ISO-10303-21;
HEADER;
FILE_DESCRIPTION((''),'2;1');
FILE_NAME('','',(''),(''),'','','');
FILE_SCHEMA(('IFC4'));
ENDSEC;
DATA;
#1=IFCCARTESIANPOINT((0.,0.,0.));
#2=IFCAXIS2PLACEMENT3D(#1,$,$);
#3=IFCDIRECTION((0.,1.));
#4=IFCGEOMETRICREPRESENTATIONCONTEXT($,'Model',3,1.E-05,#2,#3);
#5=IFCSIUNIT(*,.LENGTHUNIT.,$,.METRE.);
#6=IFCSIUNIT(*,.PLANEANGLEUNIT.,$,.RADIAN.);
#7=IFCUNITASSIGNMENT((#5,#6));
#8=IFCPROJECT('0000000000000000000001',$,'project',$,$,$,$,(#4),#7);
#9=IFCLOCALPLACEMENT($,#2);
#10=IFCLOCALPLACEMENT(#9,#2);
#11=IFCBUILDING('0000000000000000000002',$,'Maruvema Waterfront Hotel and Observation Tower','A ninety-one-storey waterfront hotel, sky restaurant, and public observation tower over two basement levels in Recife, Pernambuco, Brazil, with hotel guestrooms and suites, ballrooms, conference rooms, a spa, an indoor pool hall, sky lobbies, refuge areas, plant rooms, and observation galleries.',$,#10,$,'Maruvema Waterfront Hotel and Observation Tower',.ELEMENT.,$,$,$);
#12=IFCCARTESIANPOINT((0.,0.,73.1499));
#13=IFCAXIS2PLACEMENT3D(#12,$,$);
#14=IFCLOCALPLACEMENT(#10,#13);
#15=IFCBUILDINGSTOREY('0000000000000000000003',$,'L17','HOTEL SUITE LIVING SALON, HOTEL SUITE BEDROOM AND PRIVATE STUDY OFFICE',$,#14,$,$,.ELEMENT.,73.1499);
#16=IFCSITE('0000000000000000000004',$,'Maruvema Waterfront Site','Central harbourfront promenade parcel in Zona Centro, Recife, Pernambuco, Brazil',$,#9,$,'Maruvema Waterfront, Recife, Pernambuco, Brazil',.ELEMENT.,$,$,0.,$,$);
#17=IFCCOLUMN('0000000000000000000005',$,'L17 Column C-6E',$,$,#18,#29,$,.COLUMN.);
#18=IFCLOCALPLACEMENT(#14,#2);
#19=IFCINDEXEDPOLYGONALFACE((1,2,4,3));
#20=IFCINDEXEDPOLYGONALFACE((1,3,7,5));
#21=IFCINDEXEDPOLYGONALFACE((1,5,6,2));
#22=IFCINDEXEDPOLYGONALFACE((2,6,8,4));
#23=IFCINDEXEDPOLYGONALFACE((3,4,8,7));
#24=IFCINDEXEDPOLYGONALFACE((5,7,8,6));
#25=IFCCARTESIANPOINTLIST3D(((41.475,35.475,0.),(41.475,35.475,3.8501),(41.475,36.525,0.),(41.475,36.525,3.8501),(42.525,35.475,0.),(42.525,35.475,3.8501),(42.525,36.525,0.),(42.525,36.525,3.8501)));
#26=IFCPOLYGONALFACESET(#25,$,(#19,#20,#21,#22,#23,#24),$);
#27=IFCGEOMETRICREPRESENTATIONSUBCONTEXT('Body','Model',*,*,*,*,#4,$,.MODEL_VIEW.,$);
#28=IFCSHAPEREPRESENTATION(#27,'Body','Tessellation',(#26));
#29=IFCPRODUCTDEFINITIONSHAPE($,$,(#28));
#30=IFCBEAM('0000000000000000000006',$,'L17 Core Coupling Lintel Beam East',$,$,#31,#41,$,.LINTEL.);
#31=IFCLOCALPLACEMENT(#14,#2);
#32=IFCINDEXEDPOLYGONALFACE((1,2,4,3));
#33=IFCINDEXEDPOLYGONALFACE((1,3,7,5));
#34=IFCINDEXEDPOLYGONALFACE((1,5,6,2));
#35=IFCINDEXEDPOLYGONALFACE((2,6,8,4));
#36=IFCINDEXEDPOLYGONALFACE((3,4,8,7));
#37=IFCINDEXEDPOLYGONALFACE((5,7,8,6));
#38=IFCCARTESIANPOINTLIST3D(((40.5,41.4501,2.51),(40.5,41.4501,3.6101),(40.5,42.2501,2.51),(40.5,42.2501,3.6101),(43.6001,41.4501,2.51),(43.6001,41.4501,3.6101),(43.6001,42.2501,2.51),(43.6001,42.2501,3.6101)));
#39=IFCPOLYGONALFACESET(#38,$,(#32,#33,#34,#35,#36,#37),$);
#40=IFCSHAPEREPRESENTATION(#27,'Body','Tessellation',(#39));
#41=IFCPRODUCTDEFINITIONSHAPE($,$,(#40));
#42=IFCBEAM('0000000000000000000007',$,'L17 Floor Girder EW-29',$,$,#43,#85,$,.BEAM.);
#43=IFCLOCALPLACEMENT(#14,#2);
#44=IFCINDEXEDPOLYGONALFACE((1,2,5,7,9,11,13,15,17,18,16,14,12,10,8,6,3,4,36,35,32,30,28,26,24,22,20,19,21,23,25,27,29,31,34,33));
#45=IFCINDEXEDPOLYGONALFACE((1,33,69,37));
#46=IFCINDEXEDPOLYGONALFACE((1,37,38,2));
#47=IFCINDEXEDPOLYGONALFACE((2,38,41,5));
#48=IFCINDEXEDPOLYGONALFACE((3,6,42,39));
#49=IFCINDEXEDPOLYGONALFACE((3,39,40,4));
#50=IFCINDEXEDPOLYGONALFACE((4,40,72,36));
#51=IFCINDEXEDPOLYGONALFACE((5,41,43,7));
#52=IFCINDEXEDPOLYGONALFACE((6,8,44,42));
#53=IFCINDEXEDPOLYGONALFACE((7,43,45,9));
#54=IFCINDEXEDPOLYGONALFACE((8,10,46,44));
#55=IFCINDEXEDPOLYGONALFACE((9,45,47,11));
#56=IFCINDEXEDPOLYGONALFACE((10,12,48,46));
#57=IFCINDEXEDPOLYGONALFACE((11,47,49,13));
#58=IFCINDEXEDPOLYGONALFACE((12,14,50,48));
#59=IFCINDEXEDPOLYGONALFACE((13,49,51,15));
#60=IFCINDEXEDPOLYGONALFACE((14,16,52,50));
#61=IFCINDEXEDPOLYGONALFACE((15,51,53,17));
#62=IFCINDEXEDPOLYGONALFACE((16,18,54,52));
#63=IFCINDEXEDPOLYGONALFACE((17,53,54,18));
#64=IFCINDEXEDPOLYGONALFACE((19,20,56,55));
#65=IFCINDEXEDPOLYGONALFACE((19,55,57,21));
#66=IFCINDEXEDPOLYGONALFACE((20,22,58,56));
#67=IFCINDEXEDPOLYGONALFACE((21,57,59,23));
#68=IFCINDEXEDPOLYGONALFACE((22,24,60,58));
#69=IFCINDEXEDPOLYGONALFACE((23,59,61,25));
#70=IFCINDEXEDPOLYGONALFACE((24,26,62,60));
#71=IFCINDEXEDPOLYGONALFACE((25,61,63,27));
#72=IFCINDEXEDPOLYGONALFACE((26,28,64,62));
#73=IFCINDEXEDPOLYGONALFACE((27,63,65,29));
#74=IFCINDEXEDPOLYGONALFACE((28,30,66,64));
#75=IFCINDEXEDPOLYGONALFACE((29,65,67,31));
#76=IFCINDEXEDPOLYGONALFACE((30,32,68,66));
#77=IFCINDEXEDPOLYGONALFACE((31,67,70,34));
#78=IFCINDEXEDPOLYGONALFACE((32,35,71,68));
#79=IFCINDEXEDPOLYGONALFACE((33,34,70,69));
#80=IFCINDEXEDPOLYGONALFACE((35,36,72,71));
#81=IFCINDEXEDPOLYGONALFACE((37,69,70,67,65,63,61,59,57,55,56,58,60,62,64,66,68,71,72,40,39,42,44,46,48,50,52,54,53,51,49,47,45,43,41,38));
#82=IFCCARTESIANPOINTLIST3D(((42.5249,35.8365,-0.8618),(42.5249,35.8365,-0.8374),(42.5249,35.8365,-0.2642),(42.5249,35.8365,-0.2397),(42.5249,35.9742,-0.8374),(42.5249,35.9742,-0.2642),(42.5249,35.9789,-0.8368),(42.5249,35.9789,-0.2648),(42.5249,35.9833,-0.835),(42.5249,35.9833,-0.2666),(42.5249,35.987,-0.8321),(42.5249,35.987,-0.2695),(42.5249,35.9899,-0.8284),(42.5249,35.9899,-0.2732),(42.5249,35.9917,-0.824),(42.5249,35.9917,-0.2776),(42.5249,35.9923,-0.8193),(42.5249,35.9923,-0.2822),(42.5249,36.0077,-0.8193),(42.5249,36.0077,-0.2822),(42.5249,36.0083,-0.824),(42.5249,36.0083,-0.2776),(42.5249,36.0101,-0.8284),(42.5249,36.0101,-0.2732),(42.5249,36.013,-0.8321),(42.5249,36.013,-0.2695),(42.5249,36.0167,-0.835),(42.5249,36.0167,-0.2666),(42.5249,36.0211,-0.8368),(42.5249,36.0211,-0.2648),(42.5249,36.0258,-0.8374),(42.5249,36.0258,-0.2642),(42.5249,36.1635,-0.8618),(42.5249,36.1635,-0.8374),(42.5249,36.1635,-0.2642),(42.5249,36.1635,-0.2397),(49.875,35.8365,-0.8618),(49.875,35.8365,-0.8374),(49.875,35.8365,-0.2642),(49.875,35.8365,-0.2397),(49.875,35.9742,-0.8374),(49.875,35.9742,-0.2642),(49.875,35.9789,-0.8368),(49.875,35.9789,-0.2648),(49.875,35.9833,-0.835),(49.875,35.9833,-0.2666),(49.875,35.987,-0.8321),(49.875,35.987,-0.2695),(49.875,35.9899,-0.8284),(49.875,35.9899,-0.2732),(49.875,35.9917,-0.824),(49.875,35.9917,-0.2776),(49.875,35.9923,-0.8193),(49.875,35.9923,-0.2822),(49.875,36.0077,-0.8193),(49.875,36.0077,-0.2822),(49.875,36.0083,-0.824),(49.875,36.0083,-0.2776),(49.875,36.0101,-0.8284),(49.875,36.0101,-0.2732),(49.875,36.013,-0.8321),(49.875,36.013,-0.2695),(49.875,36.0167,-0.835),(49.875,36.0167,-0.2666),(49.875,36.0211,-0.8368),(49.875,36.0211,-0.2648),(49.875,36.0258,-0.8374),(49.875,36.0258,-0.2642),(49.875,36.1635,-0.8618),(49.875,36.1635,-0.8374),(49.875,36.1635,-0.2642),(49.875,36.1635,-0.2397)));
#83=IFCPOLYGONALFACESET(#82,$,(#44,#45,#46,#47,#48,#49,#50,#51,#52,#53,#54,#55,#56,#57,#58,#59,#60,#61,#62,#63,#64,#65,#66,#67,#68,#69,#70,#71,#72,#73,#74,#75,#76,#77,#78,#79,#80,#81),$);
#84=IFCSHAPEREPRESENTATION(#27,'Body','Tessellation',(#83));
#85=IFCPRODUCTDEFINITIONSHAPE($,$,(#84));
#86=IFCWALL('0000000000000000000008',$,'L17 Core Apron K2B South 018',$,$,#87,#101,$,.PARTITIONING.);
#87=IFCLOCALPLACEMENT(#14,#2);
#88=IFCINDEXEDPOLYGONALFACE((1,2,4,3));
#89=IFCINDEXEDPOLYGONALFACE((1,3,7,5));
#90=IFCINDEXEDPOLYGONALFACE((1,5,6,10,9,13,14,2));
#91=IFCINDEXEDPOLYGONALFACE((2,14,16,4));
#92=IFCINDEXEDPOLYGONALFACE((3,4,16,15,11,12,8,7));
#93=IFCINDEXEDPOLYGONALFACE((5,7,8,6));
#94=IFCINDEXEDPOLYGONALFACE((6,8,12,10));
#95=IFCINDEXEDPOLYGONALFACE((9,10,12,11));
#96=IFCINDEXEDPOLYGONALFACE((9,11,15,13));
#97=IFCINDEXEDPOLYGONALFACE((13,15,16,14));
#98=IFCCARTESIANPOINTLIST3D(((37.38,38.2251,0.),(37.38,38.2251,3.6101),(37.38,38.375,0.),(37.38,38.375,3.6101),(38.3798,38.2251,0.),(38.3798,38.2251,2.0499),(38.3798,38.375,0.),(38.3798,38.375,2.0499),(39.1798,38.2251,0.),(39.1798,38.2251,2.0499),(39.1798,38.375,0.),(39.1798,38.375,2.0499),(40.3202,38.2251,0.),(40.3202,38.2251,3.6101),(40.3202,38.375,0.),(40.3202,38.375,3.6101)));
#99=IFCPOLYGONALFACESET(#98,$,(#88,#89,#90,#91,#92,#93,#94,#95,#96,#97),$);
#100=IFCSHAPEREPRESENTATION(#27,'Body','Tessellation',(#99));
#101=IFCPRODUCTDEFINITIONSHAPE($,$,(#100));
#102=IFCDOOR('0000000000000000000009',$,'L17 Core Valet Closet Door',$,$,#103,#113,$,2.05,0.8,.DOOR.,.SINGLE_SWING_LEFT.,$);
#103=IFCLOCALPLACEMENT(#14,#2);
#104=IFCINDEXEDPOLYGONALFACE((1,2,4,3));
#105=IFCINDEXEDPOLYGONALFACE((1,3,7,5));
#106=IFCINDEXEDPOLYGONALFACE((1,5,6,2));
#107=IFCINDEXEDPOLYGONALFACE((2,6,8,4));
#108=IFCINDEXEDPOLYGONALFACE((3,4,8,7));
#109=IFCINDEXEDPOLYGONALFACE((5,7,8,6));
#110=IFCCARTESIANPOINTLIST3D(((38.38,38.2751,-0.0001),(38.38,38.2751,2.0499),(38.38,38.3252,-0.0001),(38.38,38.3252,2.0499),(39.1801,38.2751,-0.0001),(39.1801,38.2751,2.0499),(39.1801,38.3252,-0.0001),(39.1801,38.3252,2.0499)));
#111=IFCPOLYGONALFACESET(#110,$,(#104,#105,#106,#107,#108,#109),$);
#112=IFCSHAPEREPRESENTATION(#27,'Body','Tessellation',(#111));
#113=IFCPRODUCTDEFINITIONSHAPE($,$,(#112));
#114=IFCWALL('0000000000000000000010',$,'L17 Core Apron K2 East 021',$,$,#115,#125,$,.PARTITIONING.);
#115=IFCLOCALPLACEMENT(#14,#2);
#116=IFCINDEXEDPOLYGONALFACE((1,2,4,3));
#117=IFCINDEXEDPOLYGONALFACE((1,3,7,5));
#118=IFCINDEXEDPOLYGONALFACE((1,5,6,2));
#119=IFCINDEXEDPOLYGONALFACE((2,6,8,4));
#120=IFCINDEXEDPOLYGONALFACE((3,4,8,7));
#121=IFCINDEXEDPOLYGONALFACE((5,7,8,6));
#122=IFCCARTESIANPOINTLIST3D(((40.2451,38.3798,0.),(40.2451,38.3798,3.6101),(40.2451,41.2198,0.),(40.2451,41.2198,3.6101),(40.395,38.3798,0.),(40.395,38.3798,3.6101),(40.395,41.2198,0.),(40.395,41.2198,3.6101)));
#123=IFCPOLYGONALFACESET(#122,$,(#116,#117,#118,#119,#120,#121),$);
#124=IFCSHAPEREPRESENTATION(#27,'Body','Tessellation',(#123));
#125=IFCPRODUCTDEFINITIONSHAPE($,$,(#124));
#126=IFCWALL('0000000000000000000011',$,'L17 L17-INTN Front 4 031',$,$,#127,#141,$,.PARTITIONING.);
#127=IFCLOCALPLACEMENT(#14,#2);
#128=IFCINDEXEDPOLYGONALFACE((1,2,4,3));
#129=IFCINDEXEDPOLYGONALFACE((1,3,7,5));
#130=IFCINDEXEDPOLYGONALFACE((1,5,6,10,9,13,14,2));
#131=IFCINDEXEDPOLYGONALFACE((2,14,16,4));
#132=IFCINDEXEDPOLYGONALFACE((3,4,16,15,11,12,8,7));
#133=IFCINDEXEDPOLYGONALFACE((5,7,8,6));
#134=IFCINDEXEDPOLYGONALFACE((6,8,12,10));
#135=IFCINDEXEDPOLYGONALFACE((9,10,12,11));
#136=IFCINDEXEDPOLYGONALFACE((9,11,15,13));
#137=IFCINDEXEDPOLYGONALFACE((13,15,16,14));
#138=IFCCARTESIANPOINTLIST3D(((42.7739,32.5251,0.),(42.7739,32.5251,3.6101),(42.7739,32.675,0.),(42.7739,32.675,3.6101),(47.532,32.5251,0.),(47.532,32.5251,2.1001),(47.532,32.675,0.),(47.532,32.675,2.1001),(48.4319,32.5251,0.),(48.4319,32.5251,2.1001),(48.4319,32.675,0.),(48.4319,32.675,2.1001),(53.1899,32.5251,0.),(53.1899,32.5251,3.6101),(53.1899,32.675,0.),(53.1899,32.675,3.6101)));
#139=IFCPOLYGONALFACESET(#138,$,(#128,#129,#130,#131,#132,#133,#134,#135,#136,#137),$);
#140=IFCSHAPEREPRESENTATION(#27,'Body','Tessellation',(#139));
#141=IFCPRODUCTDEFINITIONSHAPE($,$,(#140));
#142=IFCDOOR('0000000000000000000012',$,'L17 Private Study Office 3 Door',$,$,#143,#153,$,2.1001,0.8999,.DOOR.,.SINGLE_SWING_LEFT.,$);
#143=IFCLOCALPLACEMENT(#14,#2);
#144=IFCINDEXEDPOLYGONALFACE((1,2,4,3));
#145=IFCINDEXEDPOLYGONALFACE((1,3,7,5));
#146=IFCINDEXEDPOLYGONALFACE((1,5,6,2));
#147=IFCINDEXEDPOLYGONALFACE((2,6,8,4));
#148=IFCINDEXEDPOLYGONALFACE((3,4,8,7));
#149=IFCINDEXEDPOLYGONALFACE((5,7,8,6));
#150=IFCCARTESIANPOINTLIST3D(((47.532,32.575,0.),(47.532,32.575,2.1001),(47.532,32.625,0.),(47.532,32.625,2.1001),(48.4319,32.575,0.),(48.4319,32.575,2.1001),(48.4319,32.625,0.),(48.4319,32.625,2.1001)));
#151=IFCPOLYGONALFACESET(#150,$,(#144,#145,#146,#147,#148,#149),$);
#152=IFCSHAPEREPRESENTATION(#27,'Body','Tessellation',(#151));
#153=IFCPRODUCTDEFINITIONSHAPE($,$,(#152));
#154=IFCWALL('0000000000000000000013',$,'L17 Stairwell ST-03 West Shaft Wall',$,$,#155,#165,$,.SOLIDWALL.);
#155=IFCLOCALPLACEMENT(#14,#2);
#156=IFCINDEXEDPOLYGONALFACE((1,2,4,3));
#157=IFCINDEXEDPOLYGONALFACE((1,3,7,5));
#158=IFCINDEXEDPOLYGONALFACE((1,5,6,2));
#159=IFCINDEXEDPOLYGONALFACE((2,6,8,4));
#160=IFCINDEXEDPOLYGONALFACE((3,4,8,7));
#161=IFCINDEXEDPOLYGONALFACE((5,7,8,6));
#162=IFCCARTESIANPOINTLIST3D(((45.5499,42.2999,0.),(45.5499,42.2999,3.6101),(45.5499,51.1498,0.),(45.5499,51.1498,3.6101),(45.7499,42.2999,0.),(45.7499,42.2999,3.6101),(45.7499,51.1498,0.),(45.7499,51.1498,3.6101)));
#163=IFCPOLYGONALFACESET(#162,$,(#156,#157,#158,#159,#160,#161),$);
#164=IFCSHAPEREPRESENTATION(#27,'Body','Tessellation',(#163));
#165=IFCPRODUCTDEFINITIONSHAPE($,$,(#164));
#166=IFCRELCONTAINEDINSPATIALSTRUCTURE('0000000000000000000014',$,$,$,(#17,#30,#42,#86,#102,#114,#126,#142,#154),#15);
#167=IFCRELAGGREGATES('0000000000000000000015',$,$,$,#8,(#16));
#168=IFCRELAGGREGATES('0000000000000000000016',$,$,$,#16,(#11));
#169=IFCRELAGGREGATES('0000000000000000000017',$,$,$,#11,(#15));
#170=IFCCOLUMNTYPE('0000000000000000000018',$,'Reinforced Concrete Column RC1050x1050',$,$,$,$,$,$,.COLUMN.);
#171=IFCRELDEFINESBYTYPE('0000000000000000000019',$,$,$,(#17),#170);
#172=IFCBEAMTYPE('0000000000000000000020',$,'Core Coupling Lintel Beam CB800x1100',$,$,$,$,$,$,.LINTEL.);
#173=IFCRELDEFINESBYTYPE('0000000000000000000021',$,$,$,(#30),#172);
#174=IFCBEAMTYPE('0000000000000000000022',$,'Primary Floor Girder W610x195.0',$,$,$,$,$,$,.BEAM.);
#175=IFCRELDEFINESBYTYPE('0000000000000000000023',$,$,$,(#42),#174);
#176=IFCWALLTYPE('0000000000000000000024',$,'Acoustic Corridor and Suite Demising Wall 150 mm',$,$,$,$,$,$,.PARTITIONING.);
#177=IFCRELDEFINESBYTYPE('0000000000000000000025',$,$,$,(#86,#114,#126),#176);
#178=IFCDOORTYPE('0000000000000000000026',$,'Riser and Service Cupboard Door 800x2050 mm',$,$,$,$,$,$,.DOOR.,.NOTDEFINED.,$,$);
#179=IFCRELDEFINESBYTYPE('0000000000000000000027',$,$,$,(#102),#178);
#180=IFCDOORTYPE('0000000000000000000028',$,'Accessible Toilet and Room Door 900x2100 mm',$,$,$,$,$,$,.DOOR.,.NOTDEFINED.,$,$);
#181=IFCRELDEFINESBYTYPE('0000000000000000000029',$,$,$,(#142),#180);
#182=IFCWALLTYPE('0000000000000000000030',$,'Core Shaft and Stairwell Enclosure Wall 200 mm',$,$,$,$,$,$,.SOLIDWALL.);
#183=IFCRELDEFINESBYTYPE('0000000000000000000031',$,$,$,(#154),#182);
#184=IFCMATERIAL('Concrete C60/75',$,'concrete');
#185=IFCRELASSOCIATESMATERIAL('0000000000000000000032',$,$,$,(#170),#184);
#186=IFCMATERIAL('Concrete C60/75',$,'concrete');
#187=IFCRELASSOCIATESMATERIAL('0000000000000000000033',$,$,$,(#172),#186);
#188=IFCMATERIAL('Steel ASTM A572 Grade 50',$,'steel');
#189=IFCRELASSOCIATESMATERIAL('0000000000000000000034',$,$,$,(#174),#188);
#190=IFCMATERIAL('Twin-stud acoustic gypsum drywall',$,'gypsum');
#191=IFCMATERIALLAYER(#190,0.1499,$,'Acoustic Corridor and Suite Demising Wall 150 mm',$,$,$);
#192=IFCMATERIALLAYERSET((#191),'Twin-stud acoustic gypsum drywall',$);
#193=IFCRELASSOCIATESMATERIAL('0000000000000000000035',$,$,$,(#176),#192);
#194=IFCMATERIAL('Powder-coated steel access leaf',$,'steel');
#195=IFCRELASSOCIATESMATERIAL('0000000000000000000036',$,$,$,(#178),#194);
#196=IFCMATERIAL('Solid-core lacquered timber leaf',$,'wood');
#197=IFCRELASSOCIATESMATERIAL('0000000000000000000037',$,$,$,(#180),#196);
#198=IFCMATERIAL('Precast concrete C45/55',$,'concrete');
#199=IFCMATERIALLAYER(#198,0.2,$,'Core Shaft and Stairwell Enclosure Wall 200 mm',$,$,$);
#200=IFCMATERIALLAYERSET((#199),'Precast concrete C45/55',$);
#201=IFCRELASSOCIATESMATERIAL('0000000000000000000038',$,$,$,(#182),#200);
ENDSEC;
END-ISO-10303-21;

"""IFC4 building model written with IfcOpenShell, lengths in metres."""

from ifc_helpers import new_model, si_unit, direction, frame, frame_2d, origin, origin_2d, place, context, subcontext, project, spatial, rectangle, i_section, extrude, material, layer, layer_set, material_profile, profile_set, type_object, element, fill, save


model = new_model("IFC4")

# Units and contexts
model_context = context("Model", 3, precision=1e-05, world=origin(), true_north=direction((0.0, 1.0)))
body_context = subcontext(model_context, "Body", "Model", "MODEL_VIEW")
ifc_project = project(units=[si_unit("LENGTHUNIT", "METRE"), si_unit("PLANEANGLEUNIT", "RADIAN")], contexts=[model_context])

# Site, building, storey
site_placement = place(None, origin())
site = spatial("IfcSite", under=ifc_project, at=site_placement, Name="Maruvema Waterfront Site", Description="Central harbourfront promenade parcel in Zona Centro, Recife, Pernambuco, Brazil", LongName="Maruvema Waterfront, Recife, Pernambuco, Brazil", CompositionType="ELEMENT", RefElevation=0.0)
building_placement = place(site_placement, origin())
building = spatial("IfcBuilding", under=site, at=building_placement, Name="Maruvema Waterfront Hotel and Observation Tower", Description="A ninety-one-storey waterfront hotel, sky restaurant, and public observation tower over two basement levels in Recife, Pernambuco, Brazil, with hotel guestrooms and suites, ballrooms, conference rooms, a spa, an indoor pool hall, sky lobbies, refuge areas, plant rooms, and observation galleries.", LongName="Maruvema Waterfront Hotel and Observation Tower", CompositionType="ELEMENT")
storey_placement = place(building_placement, frame((0.0, 0.0, 73.1499)))
storey = spatial("IfcBuildingStorey", under=building, at=storey_placement, Name="L17", Description="HOTEL SUITE LIVING SALON, HOTEL SUITE BEDROOM AND PRIVATE STUDY OFFICE", CompositionType="ELEMENT", Elevation=73.1499)

# Column
ifc_material_1 = material(Name="Concrete C60/75", Category="concrete")
ifc_material_profile_1 = material_profile(ifc_material_1, rectangle(XDim=1.05, YDim=1.05, at=origin_2d()), Name="RC1050x1050")
ifc_profile_set_1 = profile_set([ifc_material_profile_1], Name="Concrete C60/75")
column_type = type_object("IfcColumnType", Name="Reinforced Concrete Column RC1050x1050", PredefinedType="COLUMN", material=ifc_profile_set_1)
column_placement = place(storey_placement, frame((42.0, 36.0, 0.0), z_axis=(0.0, 0.0, 1.0), x_axis=(1.0, 0.0, 0.0)))
element("IfcColumn", 1, at=column_placement, inside=storey, type_object=column_type, Name="L17 Column C-6E", PredefinedType="COLUMN", context=body_context, shape_type="SweptSolid", body=[
    extrude(rectangle(XDim=1.05, YDim=1.05, at=origin_2d()), origin(), (0.0, 0.0, 1.0), 3.8501),
])

# Beams
ifc_material_2 = material(Name="Concrete C60/75", Category="concrete")
ifc_material_profile_2 = material_profile(ifc_material_2, rectangle(XDim=0.8, YDim=1.1001, at=origin_2d()), Name="CB800x1100")
ifc_profile_set_2 = profile_set([ifc_material_profile_2], Name="Concrete C60/75")
beam_type_1 = type_object("IfcBeamType", Name="Core Coupling Lintel Beam CB800x1100", PredefinedType="LINTEL", material=ifc_profile_set_2)
beam_1_placement = place(storey_placement, frame((40.5, 41.8501, 3.0601), z_axis=(1.0, 0.0, 0.0), x_axis=(0.0, 1.0, 0.0)))
element("IfcBeam", 2, at=beam_1_placement, inside=storey, type_object=beam_type_1, Name="L17 Core Coupling Lintel Beam East", PredefinedType="LINTEL", context=body_context, shape_type="SweptSolid", body=[
    extrude(rectangle(XDim=0.8, YDim=1.1001, at=origin_2d()), origin(), (0.0, 0.0, 1.0), 3.1001),
])
ifc_material_3 = material(Name="Steel ASTM A572 Grade 50", Category="steel")
ifc_material_profile_3 = material_profile(ifc_material_3, i_section(OverallWidth=0.3269, OverallDepth=0.6221, WebThickness=0.0154, FlangeThickness=0.0244, FilletRadius=0.0181, at=origin_2d()), Name="W610x195.0")
ifc_profile_set_3 = profile_set([ifc_material_profile_3], Name="Steel ASTM A572 Grade 50")
beam_type_2 = type_object("IfcBeamType", Name="Primary Floor Girder W610x195.0", PredefinedType="BEAM", material=ifc_profile_set_3)
beam_2_placement = place(storey_placement, frame((42.5249, 36.0, -0.5508), z_axis=(1.0, 0.0, 0.0), x_axis=(0.0, 1.0, 0.0)))
element("IfcBeam", 3, at=beam_2_placement, inside=storey, type_object=beam_type_2, Name="L17 Floor Girder EW-29", PredefinedType="BEAM", context=body_context, shape_type="SweptSolid", body=[
    extrude(i_section(OverallWidth=0.3269, OverallDepth=0.6221, WebThickness=0.0154, FlangeThickness=0.0244, FilletRadius=0.0181, at=origin_2d()), origin(), (0.0, 0.0, 1.0), 7.3501),
])

# Wall, opening, door
ifc_material_4 = material(Name="Twin-stud acoustic gypsum drywall", Category="gypsum")
ifc_layer_1 = layer(ifc_material_4, 0.1499, Name="Acoustic Corridor and Suite Demising Wall 150 mm")
ifc_layer_set_1 = layer_set([ifc_layer_1], Name="Twin-stud acoustic gypsum drywall")
wall_type_1 = type_object("IfcWallType", Name="Acoustic Corridor and Suite Demising Wall 150 mm", PredefinedType="PARTITIONING", material=ifc_layer_set_1)
wall_1_placement = place(storey_placement, frame((37.3799, 38.3, 0.0), z_axis=(0.0, 0.0, 1.0), x_axis=(1.0, 0.0, 0.0)))
wall_1 = element("IfcWall", 4, at=wall_1_placement, inside=storey, type_object=wall_type_1, Name="L17 Core Apron K2B South 018", PredefinedType="PARTITIONING", context=body_context, shape_type="SweptSolid", body=[
    extrude(rectangle(XDim=2.9402, YDim=0.1499, at=frame_2d((1.4702, 0.0))), origin(), (0.0, 0.0, 1.0), 3.6101),
])
opening_1_placement = place(wall_1_placement, frame((1.0, 0.0, 0.0)))
opening_1 = element("IfcOpeningElement", 5, at=opening_1_placement, cuts=wall_1, PredefinedType="OPENING", context=body_context, shape_type="SweptSolid", body=[
    extrude(rectangle(XDim=0.8, YDim=2.05, at=frame_2d((0.3999, 1.0249))), frame((0.0, 0.085, 0.0), z_axis=(0.0, -1.0, 0.0), x_axis=(1.0, 0.0, 0.0)), (0.0, 0.0, 1.0), 0.1699),
])
ifc_material_5 = material(Name="Powder-coated steel access leaf", Category="steel")
door_type_1 = type_object("IfcDoorType", Name="Riser and Service Cupboard Door 800x2050 mm", OperationType="NOTDEFINED", PredefinedType="DOOR", material=ifc_material_5)
door_1_placement = place(opening_1_placement, frame((0.8, 0.0, 0.0), z_axis=(0.0, 0.0, 1.0), x_axis=(-1.0, 0.0, 0.0)))
door_1 = element("IfcDoor", 6, at=door_1_placement, inside=storey, type_object=door_type_1, Name="L17 Core Valet Closet Door", OperationType="SINGLE_SWING_LEFT", OverallHeight=2.05, OverallWidth=0.8, PredefinedType="DOOR", context=body_context, shape_type="SweptSolid", body=[
    extrude(rectangle(XDim=0.8, YDim=2.05, at=frame_2d((0.3999, 1.0249))), frame((0.0, 0.0249, 0.0), z_axis=(0.0, -1.0, 0.0), x_axis=(1.0, 0.0, 0.0)), (0.0, 0.0, 1.0), 0.05),
])
fill(opening_1, door_1)

# Wall
wall_2_placement = place(storey_placement, frame((40.3201, 38.3799, 0.0), z_axis=(0.0, 0.0, 1.0), x_axis=(0.0, 1.0, 0.0)))
element("IfcWall", 7, at=wall_2_placement, inside=storey, type_object=wall_type_1, Name="L17 Core Apron K2 East 021", PredefinedType="PARTITIONING", context=body_context, shape_type="SweptSolid", body=[
    extrude(rectangle(XDim=2.8401, YDim=0.1499, at=frame_2d((1.4199, 0.0))), origin(), (0.0, 0.0, 1.0), 3.6101),
])

# Wall, opening, door
wall_3_placement = place(storey_placement, frame((42.7739, 32.6001, 0.0), z_axis=(0.0, 0.0, 1.0), x_axis=(1.0, 0.0, 0.0)))
wall_3 = element("IfcWall", 8, at=wall_3_placement, inside=storey, type_object=wall_type_1, Name="L17 L17-INTN Front 4 031", PredefinedType="PARTITIONING", context=body_context, shape_type="SweptSolid", body=[
    extrude(rectangle(XDim=10.416, YDim=0.1499, at=frame_2d((5.208, 0.0))), origin(), (0.0, 0.0, 1.0), 3.6101),
])
opening_2_placement = place(wall_3_placement, frame((4.7581, 0.0, 0.0)))
opening_2 = element("IfcOpeningElement", 9, at=opening_2_placement, cuts=wall_3, PredefinedType="OPENING", context=body_context, shape_type="SweptSolid", body=[
    extrude(rectangle(XDim=0.8999, YDim=2.1001, at=frame_2d((0.45, 1.05))), frame((0.0, 0.085, 0.0), z_axis=(0.0, -1.0, 0.0), x_axis=(1.0, 0.0, 0.0)), (0.0, 0.0, 1.0), 0.1699),
])
ifc_material_6 = material(Name="Solid-core lacquered timber leaf", Category="wood")
door_type_2 = type_object("IfcDoorType", Name="Accessible Toilet and Room Door 900x2100 mm", OperationType="NOTDEFINED", PredefinedType="DOOR", material=ifc_material_6)
door_2_placement = place(opening_2_placement, origin())
door_2 = element("IfcDoor", 10, at=door_2_placement, inside=storey, type_object=door_type_2, Name="L17 Private Study Office 3 Door", OperationType="SINGLE_SWING_LEFT", OverallHeight=2.1001, OverallWidth=0.8999, PredefinedType="DOOR", context=body_context, shape_type="SweptSolid", body=[
    extrude(rectangle(XDim=0.8999, YDim=2.1001, at=frame_2d((0.45, 1.05))), frame((0.0, 0.0249, 0.0), z_axis=(0.0, -1.0, 0.0), x_axis=(1.0, 0.0, 0.0)), (0.0, 0.0, 1.0), 0.05),
])
fill(opening_2, door_2)

# Wall
ifc_material_7 = material(Name="Precast concrete C45/55", Category="concrete")
ifc_layer_2 = layer(ifc_material_7, 0.2, Name="Core Shaft and Stairwell Enclosure Wall 200 mm")
ifc_layer_set_2 = layer_set([ifc_layer_2], Name="Precast concrete C45/55")
wall_type_2 = type_object("IfcWallType", Name="Core Shaft and Stairwell Enclosure Wall 200 mm", PredefinedType="SOLIDWALL", material=ifc_layer_set_2)
wall_4_placement = place(storey_placement, frame((45.6499, 42.3, 0.0), z_axis=(0.0, 0.0, 1.0), x_axis=(0.0, 1.0, 0.0)))
element("IfcWall", 11, at=wall_4_placement, inside=storey, type_object=wall_type_2, Name="L17 Stairwell ST-03 West Shaft Wall", PredefinedType="SOLIDWALL", context=body_context, shape_type="SweptSolid", body=[
    extrude(rectangle(XDim=8.8499, YDim=0.2, at=frame_2d((4.4248, 0.0))), origin(), (0.0, 0.0, 1.0), 3.6101),
])

save(model, "model.ifc")
